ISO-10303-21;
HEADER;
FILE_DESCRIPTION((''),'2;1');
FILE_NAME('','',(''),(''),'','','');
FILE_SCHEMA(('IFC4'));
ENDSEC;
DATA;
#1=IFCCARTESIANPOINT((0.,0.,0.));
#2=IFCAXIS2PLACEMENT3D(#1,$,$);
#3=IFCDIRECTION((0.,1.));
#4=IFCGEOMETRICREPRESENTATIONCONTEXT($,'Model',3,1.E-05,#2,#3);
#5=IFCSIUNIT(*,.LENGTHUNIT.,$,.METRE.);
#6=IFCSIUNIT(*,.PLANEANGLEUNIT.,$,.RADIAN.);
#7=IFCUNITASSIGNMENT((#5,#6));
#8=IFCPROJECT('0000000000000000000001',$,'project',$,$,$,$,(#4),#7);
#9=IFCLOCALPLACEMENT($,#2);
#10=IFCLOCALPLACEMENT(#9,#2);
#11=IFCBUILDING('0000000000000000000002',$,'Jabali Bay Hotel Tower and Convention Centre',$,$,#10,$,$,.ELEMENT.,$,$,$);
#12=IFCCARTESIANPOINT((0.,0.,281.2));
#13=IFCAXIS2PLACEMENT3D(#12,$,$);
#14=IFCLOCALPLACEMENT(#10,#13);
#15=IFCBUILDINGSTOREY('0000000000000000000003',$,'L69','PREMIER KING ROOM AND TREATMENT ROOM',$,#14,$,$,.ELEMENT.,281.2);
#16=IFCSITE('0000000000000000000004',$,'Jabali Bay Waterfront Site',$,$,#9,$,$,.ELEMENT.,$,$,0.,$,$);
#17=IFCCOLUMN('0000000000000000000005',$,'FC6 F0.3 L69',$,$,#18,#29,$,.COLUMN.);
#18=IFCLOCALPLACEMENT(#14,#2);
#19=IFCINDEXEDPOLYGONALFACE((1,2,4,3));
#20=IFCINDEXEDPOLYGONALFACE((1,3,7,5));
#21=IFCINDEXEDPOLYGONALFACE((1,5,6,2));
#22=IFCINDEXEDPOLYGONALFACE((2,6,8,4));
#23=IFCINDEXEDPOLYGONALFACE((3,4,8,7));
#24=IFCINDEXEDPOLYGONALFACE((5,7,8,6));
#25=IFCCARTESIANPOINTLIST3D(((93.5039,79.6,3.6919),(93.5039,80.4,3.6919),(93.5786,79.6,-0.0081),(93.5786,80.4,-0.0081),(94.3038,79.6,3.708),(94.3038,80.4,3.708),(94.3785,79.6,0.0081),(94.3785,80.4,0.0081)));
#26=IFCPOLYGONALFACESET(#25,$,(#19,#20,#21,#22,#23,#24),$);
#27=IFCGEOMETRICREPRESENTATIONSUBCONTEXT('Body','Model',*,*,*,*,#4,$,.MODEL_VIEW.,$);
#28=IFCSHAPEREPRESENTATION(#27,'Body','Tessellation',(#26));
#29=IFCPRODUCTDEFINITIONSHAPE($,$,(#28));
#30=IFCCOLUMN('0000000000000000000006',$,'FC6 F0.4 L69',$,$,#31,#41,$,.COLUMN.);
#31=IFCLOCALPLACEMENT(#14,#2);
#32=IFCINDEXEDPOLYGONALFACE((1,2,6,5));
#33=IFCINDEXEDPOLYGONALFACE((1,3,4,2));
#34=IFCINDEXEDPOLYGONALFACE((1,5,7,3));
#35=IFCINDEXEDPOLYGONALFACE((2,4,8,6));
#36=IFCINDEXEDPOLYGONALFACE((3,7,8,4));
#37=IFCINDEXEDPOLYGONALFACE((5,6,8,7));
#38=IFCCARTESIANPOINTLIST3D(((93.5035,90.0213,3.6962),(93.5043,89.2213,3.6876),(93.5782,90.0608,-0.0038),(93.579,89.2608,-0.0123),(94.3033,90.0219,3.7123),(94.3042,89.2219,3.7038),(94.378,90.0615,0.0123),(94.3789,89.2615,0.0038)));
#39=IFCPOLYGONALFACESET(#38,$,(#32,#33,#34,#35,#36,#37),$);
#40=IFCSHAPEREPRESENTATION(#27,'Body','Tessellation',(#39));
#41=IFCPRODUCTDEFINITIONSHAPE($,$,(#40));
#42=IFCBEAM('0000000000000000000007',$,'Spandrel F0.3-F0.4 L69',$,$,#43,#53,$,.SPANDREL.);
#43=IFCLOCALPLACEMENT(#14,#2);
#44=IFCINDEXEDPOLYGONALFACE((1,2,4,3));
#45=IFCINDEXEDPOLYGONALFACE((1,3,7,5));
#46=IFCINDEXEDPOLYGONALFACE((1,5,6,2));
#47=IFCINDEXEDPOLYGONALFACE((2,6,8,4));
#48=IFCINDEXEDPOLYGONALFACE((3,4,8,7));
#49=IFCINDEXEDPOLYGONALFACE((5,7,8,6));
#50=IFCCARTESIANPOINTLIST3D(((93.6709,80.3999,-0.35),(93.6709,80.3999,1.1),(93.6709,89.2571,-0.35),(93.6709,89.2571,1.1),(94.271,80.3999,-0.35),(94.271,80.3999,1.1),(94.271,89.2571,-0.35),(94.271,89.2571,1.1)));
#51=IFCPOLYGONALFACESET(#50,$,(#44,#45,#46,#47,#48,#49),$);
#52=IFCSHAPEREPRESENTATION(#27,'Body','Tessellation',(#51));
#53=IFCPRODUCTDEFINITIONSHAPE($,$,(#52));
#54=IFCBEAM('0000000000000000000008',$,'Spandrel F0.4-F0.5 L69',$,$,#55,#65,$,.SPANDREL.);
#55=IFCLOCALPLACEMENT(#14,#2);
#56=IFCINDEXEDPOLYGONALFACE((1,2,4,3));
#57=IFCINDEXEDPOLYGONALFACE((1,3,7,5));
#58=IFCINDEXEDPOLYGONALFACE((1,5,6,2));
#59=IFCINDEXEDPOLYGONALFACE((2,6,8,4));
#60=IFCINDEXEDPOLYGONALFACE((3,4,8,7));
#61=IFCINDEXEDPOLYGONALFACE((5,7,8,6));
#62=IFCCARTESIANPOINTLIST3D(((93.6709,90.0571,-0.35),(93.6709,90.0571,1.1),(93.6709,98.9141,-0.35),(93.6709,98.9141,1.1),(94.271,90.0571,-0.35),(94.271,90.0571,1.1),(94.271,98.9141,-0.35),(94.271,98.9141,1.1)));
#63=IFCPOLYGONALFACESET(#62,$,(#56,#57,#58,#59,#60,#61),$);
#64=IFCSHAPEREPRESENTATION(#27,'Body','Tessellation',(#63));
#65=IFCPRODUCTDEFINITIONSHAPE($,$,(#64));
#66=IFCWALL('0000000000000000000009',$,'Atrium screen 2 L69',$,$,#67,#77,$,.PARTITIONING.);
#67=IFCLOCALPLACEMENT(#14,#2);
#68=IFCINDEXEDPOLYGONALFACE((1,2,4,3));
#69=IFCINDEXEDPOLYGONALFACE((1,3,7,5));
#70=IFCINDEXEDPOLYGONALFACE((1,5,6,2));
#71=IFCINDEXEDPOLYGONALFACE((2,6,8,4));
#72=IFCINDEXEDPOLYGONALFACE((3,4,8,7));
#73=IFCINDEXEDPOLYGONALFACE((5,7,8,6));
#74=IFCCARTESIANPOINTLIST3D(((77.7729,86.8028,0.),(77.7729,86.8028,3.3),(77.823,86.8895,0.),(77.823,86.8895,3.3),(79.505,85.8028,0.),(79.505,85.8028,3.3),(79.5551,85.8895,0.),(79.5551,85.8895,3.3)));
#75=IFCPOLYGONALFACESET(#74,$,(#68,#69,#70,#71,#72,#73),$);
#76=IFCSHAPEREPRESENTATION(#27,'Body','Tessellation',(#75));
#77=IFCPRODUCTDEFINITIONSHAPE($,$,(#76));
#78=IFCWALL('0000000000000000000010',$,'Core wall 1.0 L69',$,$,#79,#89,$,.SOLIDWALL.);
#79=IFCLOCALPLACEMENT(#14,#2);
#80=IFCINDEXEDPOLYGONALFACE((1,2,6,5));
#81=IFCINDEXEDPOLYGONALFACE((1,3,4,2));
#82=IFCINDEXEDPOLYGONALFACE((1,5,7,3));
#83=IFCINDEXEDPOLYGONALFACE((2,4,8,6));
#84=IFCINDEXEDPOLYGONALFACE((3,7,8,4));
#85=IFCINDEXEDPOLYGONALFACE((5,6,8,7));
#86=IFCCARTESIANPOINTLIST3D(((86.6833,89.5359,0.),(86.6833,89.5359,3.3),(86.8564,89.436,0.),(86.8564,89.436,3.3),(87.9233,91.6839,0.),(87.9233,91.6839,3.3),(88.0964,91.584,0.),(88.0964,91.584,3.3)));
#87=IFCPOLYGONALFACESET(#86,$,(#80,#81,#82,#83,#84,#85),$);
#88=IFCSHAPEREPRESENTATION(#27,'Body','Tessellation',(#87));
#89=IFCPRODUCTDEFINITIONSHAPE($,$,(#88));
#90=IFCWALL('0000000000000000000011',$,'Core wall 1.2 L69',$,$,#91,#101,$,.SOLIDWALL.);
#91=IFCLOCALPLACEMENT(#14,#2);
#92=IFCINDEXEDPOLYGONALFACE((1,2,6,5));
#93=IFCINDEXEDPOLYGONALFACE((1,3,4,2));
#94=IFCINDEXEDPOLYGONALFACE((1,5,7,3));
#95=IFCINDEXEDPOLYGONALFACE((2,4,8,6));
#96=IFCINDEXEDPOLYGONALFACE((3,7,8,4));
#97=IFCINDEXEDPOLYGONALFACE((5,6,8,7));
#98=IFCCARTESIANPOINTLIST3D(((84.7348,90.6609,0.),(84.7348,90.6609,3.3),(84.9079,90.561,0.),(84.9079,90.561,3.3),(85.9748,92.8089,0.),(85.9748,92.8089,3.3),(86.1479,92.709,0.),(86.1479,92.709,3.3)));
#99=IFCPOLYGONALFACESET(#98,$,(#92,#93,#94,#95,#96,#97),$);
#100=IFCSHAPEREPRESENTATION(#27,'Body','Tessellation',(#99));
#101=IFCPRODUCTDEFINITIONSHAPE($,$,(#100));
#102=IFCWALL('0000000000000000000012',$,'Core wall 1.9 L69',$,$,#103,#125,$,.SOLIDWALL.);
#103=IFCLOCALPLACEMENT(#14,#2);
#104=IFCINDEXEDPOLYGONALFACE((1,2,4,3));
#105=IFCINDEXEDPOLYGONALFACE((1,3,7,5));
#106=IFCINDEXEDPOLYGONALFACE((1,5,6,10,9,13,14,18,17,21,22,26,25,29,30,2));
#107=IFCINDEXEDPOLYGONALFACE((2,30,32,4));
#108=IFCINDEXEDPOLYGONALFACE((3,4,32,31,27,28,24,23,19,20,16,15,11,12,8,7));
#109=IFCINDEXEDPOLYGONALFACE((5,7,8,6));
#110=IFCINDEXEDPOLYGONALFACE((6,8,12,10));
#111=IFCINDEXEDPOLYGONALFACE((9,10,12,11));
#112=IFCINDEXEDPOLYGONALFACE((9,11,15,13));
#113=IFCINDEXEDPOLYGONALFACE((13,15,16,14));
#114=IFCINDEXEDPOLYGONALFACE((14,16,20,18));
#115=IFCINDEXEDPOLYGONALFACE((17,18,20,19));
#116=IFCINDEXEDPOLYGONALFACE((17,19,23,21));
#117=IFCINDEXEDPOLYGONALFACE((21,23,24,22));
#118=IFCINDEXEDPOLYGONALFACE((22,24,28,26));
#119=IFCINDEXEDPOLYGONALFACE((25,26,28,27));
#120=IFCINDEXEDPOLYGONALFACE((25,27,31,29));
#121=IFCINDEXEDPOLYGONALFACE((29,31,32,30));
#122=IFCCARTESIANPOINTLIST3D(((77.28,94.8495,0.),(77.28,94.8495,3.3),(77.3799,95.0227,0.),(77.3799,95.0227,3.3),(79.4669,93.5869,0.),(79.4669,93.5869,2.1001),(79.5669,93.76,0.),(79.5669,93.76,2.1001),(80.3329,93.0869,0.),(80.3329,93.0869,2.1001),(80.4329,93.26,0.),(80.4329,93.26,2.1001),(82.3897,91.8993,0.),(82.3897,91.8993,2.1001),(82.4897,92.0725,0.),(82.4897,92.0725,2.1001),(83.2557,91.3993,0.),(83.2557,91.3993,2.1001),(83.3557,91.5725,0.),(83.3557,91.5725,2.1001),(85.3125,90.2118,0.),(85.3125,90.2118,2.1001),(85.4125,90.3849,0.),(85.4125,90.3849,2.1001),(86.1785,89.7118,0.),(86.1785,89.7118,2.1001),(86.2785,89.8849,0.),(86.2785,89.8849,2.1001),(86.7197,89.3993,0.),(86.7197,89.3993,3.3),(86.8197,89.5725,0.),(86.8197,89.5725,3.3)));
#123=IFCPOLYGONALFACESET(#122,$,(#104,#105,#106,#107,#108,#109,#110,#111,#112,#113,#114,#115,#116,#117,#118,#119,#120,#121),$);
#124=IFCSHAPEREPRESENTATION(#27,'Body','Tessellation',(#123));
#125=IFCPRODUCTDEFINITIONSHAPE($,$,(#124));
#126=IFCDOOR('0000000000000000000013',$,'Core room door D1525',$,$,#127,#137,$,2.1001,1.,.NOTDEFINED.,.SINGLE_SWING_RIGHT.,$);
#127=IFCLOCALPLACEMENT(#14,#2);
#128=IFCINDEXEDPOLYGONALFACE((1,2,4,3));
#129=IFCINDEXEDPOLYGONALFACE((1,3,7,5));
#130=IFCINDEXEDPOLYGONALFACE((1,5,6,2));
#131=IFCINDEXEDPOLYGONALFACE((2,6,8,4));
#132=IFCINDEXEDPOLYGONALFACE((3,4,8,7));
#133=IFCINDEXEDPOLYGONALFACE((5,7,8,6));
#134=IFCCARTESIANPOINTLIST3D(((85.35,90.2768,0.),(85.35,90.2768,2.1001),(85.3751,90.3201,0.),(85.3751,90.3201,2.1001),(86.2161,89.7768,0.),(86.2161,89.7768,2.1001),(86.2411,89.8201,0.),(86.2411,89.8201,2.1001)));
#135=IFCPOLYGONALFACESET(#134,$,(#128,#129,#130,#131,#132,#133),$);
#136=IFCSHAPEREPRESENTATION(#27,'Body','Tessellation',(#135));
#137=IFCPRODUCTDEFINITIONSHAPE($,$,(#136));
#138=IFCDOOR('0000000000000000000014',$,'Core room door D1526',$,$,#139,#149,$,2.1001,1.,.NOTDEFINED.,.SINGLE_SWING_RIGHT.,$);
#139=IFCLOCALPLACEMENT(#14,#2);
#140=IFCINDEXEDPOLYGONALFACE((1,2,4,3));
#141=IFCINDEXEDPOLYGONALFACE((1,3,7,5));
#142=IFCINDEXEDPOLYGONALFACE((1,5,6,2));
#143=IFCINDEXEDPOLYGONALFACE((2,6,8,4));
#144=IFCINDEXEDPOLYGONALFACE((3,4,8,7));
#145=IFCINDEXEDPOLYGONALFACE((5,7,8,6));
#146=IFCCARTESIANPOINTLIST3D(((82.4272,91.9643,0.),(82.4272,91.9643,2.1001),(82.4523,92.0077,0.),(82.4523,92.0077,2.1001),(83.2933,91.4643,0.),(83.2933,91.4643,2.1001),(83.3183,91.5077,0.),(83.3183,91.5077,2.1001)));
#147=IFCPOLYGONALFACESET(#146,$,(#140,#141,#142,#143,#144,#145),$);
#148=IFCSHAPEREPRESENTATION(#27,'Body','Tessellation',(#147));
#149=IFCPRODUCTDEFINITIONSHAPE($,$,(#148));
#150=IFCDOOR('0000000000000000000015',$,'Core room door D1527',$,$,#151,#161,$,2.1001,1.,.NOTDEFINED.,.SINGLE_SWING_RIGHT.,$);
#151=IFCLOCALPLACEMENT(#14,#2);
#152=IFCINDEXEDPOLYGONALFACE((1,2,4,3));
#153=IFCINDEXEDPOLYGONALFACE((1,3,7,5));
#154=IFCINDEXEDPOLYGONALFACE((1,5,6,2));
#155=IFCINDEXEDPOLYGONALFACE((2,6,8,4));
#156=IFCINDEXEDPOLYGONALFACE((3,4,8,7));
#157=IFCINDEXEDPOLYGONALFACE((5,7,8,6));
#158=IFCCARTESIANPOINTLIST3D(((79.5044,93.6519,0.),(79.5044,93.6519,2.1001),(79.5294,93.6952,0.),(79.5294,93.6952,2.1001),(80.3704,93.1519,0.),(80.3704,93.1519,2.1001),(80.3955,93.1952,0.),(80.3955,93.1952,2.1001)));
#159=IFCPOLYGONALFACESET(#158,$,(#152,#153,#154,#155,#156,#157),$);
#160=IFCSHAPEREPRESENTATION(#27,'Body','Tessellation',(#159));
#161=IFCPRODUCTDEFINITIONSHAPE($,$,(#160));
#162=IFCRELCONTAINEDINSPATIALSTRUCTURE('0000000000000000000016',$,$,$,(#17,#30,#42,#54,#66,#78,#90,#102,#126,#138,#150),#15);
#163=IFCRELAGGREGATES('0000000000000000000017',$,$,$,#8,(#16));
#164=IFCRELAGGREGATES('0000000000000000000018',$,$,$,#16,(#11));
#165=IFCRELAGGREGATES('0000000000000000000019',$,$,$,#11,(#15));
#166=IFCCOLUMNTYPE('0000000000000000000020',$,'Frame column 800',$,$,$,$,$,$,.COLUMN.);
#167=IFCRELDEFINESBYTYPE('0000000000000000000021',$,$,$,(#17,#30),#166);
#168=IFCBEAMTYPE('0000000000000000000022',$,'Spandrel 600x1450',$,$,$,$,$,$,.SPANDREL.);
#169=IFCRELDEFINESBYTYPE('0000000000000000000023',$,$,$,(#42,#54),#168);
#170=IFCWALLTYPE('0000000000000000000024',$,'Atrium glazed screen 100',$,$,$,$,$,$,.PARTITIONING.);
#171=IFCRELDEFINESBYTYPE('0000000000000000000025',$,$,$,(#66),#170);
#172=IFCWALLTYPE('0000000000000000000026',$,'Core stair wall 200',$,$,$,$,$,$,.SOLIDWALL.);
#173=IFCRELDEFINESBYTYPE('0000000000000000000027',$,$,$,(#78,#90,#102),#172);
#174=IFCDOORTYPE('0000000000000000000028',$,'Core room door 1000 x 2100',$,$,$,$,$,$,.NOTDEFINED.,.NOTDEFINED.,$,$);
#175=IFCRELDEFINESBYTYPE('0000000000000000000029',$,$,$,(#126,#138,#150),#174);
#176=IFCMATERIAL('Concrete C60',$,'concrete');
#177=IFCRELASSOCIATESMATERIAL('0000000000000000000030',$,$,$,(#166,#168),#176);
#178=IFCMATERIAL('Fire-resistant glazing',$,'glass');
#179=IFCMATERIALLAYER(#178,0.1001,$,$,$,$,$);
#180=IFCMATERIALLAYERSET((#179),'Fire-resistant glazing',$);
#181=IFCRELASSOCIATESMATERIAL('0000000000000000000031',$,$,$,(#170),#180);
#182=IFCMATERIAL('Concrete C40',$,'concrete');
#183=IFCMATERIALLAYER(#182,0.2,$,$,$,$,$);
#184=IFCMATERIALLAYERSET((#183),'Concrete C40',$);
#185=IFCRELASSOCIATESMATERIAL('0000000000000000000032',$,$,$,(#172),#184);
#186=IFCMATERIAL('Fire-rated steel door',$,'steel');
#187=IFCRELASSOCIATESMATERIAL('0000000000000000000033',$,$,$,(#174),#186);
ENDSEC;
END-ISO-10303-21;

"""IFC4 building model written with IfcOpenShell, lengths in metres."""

from ifc_helpers import new_model, si_unit, direction, frame, frame_2d, origin, origin_2d, place, context, subcontext, project, spatial, rectangle, extrude, material, layer, layer_set, material_profile, profile_set, type_object, element, fill, save


model = new_model("IFC4")

# Units and contexts
model_context = context("Model", 3, precision=1e-05, world=origin(), true_north=direction((0.0, 1.0)))
body_context = subcontext(model_context, "Body", "Model", "MODEL_VIEW")
ifc_project = project(units=[si_unit("LENGTHUNIT", "METRE"), si_unit("PLANEANGLEUNIT", "RADIAN")], contexts=[model_context])

# Site, building, storey
site_placement = place(None, origin())
site = spatial("IfcSite", under=ifc_project, at=site_placement, Name="Jabali Bay Waterfront Site", CompositionType="ELEMENT", RefElevation=0.0)
building_placement = place(site_placement, origin())
building = spatial("IfcBuilding", under=site, at=building_placement, Name="Jabali Bay Hotel Tower and Convention Centre", CompositionType="ELEMENT")
storey_placement = place(building_placement, frame((0.0, 0.0, 281.2)))
storey = spatial("IfcBuildingStorey", under=building, at=storey_placement, Name="L69", Description="PREMIER KING ROOM AND TREATMENT ROOM", CompositionType="ELEMENT", Elevation=281.2)

# Columns
ifc_material_1 = material(Name="Concrete C60", Category="concrete")
ifc_material_profile_1 = material_profile(ifc_material_1, rectangle(XDim=0.8, YDim=0.8, at=origin_2d()), Name="Frame column 800")
ifc_profile_set_1 = profile_set([ifc_material_profile_1], Name="Concrete C60")
column_type = type_object("IfcColumnType", Name="Frame column 800", PredefinedType="COLUMN", material=ifc_profile_set_1)
column_1_placement = place(storey_placement, frame((93.9785, 80.0, 0.0), z_axis=(-0.020187, 0.0, 0.999796), x_axis=(0.0, -1.0, 0.0)))
element("IfcColumn", 1, at=column_1_placement, inside=storey, type_object=column_type, Name="FC6 F0.3 L69", PredefinedType="COLUMN", context=body_context, shape_type="SweptSolid", body=[
    extrude(rectangle(XDim=0.8, YDim=0.8, at=origin_2d()), origin(), (0.0, 0.0, 1.0), 3.7007),
])
column_2_placement = place(storey_placement, frame((93.9785, 89.6611, 0.0), z_axis=(-0.020186, -0.010687, 0.999739), x_axis=(0.999796, 0.000808, 0.020196)))
element("IfcColumn", 2, at=column_2_placement, inside=storey, type_object=column_type, Name="FC6 F0.4 L69", PredefinedType="COLUMN", context=body_context, shape_type="SweptSolid", body=[
    extrude(rectangle(XDim=0.8, YDim=0.8, at=origin_2d()), origin(), (0.0, 0.0, 1.0), 3.7009),
])

# Beams
ifc_material_profile_2 = material_profile(ifc_material_1, rectangle(XDim=0.6001, YDim=1.45, at=origin_2d()), Name="Spandrel 600x1450")
ifc_profile_set_2 = profile_set([ifc_material_profile_2], Name="Concrete C60")
beam_type = type_object("IfcBeamType", Name="Spandrel 600x1450", PredefinedType="SPANDREL", material=ifc_profile_set_2)
beam_1_placement = place(storey_placement, frame((93.9709, 80.3999, 0.375), z_axis=(0.0, 1.0, 0.0), x_axis=(-1.0, 0.0, 0.0)))
element("IfcBeam", 3, at=beam_1_placement, inside=storey, type_object=beam_type, Name="Spandrel F0.3-F0.4 L69", PredefinedType="SPANDREL", context=body_context, shape_type="SweptSolid", body=[
    extrude(rectangle(XDim=0.6001, YDim=1.45, at=origin_2d()), origin(), (0.0, 0.0, 1.0), 8.8572),
])
beam_2_placement = place(storey_placement, frame((93.9709, 90.0571, 0.375), z_axis=(0.0, 1.0, 0.0), x_axis=(-1.0, 0.0, 0.0)))
element("IfcBeam", 4, at=beam_2_placement, inside=storey, type_object=beam_type, Name="Spandrel F0.4-F0.5 L69", PredefinedType="SPANDREL", context=body_context, shape_type="SweptSolid", body=[
    extrude(rectangle(XDim=0.6001, YDim=1.45, at=origin_2d()), origin(), (0.0, 0.0, 1.0), 8.8569),
])

# Walls
ifc_material_2 = material(Name="Fire-resistant glazing", Category="glass")
ifc_layer_1 = layer(ifc_material_2, 0.1001)
ifc_layer_set_1 = layer_set([ifc_layer_1], Name="Fire-resistant glazing")
wall_type_1 = type_object("IfcWallType", Name="Atrium glazed screen 100", PredefinedType="PARTITIONING", material=ifc_layer_set_1)
wall_1_placement = place(storey_placement, frame((79.53, 85.8462, 0.0), z_axis=(0.0, 0.0, 1.0), x_axis=(-0.866041, 0.499973, 0.0)))
element("IfcWall", 5, at=wall_1_placement, inside=storey, type_object=wall_type_1, Name="Atrium screen 2 L69", PredefinedType="PARTITIONING", context=body_context, shape_type="SweptSolid", body=[
    extrude(rectangle(XDim=2.0, YDim=0.1001, at=frame_2d((1.0, 0.0))), origin(), (0.0, 0.0, 1.0), 3.3),
])
ifc_material_3 = material(Name="Concrete C40", Category="concrete")
ifc_layer_2 = layer(ifc_material_3, 0.2)
ifc_layer_set_2 = layer_set([ifc_layer_2], Name="Concrete C40")
wall_type_2 = type_object("IfcWallType", Name="Core stair wall 200", PredefinedType="SOLIDWALL", material=ifc_layer_set_2)
for number, where, z_axis, x_axis, name in (
    (6, (86.7698, 89.4858, 0.0), (0.0, 0.0, 1.0), (0.499961, 0.866048, 0.0), "Core wall 1.0 L69"),
    (7, (84.8213, 90.6108, 0.0), (0.0, 0.0, 1.0), (0.499961, 0.866048, 0.0), "Core wall 1.2 L69"),
):
    element("IfcWall", number, at=place(storey_placement, frame(where, z_axis=z_axis, x_axis=x_axis)), inside=storey, type_object=wall_type_2, Name=name, PredefinedType="SOLIDWALL", context=body_context, shape_type="SweptSolid", body=[
        extrude(rectangle(XDim=2.4802, YDim=0.2, at=frame_2d((1.2402, 0.0))), origin(), (0.0, 0.0, 1.0), 3.3),
    ])

# Wall, openings, doors
wall_2_placement = place(storey_placement, frame((86.7698, 89.4858, 0.0), z_axis=(0.0, 0.0, 1.0), x_axis=(-0.866018, 0.500013, 0.0)))
wall_2 = element("IfcWall", 8, at=wall_2_placement, inside=storey, type_object=wall_type_2, Name="Core wall 1.9 L69", PredefinedType="SOLIDWALL", context=body_context, shape_type="SweptSolid", body=[
    extrude(rectangle(XDim=10.9001, YDim=0.2, at=frame_2d((5.4502, 0.0))), origin(), (0.0, 0.0, 1.0), 3.3),
])
opening_1_placement = place(wall_2_placement, frame((0.625, 0.0, 0.0)))
opening_1 = element("IfcOpeningElement", 9, at=opening_1_placement, cuts=wall_2, PredefinedType="OPENING", context=body_context, shape_type="SweptSolid", body=[
    extrude(rectangle(XDim=1.0, YDim=2.1001, at=frame_2d((0.5, 1.05))), frame((0.0, 0.1104, 0.0), z_axis=(0.0, -1.0, 0.0), x_axis=(1.0, 0.0, 0.0)), (0.0, 0.0, 1.0), 0.2209),
])
opening_2_placement = place(wall_2_placement, frame((4.0, 0.0, 0.0)))
opening_2 = element("IfcOpeningElement", 10, at=opening_2_placement, cuts=wall_2, PredefinedType="OPENING", context=body_context, shape_type="SweptSolid", body=[
    extrude(rectangle(XDim=1.0, YDim=2.1001, at=frame_2d((0.5, 1.05))), frame((0.0, 0.1104, 0.0), z_axis=(0.0, -1.0, 0.0), x_axis=(1.0, 0.0, 0.0)), (0.0, 0.0, 1.0), 0.2209),
])
opening_3_placement = place(wall_2_placement, frame((7.375, 0.0, 0.0)))
opening_3 = element("IfcOpeningElement", 11, at=opening_3_placement, cuts=wall_2, PredefinedType="OPENING", context=body_context, shape_type="SweptSolid", body=[
    extrude(rectangle(XDim=1.0, YDim=2.1001, at=frame_2d((0.5, 1.05))), frame((0.0, 0.1104, 0.0), z_axis=(0.0, -1.0, 0.0), x_axis=(1.0, 0.0, 0.0)), (0.0, 0.0, 1.0), 0.2209),
])
ifc_material_4 = material(Name="Fire-rated steel door", Category="steel")
door_type_1 = type_object("IfcDoorType", Name="Core room door 1000 x 2100", OperationType="NOTDEFINED", PredefinedType="NOTDEFINED", material=ifc_material_4)
door_1_placement = place(opening_1_placement, origin())
door_1 = element("IfcDoor", 12, at=door_1_placement, inside=storey, type_object=door_type_1, Name="Core room door D1525", OperationType="SINGLE_SWING_RIGHT", OverallHeight=2.1001, OverallWidth=1.0, PredefinedType="NOTDEFINED", context=body_context, shape_type="SweptSolid", body=[
    extrude(rectangle(XDim=1.0, YDim=2.1001, at=frame_2d((0.5, 1.05))), frame((0.0, 0.0249, 0.0), z_axis=(0.0, -1.0, 0.0), x_axis=(1.0, 0.0, 0.0)), (0.0, 0.0, 1.0), 0.05),
])
fill(opening_1, door_1)
door_2_placement = place(opening_2_placement, origin())
door_2 = element("IfcDoor", 13, at=door_2_placement, inside=storey, type_object=door_type_1, Name="Core room door D1526", OperationType="SINGLE_SWING_RIGHT", OverallHeight=2.1001, OverallWidth=1.0, PredefinedType="NOTDEFINED", context=body_context, shape_type="SweptSolid", body=[
    extrude(rectangle(XDim=1.0, YDim=2.1001, at=frame_2d((0.5, 1.05))), frame((0.0, 0.0249, 0.0), z_axis=(0.0, -1.0, 0.0), x_axis=(1.0, 0.0, 0.0)), (0.0, 0.0, 1.0), 0.05),
])
fill(opening_2, door_2)
door_3_placement = place(opening_3_placement, origin())
door_3 = element("IfcDoor", 14, at=door_3_placement, inside=storey, type_object=door_type_1, Name="Core room door D1527", OperationType="SINGLE_SWING_RIGHT", OverallHeight=2.1001, OverallWidth=1.0, PredefinedType="NOTDEFINED", context=body_context, shape_type="SweptSolid", body=[
    extrude(rectangle(XDim=1.0, YDim=2.1001, at=frame_2d((0.5, 1.05))), frame((0.0, 0.0249, 0.0), z_axis=(0.0, -1.0, 0.0), x_axis=(1.0, 0.0, 0.0)), (0.0, 0.0, 1.0), 0.05),
])
fill(opening_3, door_3)

save(model, "model.ifc")
